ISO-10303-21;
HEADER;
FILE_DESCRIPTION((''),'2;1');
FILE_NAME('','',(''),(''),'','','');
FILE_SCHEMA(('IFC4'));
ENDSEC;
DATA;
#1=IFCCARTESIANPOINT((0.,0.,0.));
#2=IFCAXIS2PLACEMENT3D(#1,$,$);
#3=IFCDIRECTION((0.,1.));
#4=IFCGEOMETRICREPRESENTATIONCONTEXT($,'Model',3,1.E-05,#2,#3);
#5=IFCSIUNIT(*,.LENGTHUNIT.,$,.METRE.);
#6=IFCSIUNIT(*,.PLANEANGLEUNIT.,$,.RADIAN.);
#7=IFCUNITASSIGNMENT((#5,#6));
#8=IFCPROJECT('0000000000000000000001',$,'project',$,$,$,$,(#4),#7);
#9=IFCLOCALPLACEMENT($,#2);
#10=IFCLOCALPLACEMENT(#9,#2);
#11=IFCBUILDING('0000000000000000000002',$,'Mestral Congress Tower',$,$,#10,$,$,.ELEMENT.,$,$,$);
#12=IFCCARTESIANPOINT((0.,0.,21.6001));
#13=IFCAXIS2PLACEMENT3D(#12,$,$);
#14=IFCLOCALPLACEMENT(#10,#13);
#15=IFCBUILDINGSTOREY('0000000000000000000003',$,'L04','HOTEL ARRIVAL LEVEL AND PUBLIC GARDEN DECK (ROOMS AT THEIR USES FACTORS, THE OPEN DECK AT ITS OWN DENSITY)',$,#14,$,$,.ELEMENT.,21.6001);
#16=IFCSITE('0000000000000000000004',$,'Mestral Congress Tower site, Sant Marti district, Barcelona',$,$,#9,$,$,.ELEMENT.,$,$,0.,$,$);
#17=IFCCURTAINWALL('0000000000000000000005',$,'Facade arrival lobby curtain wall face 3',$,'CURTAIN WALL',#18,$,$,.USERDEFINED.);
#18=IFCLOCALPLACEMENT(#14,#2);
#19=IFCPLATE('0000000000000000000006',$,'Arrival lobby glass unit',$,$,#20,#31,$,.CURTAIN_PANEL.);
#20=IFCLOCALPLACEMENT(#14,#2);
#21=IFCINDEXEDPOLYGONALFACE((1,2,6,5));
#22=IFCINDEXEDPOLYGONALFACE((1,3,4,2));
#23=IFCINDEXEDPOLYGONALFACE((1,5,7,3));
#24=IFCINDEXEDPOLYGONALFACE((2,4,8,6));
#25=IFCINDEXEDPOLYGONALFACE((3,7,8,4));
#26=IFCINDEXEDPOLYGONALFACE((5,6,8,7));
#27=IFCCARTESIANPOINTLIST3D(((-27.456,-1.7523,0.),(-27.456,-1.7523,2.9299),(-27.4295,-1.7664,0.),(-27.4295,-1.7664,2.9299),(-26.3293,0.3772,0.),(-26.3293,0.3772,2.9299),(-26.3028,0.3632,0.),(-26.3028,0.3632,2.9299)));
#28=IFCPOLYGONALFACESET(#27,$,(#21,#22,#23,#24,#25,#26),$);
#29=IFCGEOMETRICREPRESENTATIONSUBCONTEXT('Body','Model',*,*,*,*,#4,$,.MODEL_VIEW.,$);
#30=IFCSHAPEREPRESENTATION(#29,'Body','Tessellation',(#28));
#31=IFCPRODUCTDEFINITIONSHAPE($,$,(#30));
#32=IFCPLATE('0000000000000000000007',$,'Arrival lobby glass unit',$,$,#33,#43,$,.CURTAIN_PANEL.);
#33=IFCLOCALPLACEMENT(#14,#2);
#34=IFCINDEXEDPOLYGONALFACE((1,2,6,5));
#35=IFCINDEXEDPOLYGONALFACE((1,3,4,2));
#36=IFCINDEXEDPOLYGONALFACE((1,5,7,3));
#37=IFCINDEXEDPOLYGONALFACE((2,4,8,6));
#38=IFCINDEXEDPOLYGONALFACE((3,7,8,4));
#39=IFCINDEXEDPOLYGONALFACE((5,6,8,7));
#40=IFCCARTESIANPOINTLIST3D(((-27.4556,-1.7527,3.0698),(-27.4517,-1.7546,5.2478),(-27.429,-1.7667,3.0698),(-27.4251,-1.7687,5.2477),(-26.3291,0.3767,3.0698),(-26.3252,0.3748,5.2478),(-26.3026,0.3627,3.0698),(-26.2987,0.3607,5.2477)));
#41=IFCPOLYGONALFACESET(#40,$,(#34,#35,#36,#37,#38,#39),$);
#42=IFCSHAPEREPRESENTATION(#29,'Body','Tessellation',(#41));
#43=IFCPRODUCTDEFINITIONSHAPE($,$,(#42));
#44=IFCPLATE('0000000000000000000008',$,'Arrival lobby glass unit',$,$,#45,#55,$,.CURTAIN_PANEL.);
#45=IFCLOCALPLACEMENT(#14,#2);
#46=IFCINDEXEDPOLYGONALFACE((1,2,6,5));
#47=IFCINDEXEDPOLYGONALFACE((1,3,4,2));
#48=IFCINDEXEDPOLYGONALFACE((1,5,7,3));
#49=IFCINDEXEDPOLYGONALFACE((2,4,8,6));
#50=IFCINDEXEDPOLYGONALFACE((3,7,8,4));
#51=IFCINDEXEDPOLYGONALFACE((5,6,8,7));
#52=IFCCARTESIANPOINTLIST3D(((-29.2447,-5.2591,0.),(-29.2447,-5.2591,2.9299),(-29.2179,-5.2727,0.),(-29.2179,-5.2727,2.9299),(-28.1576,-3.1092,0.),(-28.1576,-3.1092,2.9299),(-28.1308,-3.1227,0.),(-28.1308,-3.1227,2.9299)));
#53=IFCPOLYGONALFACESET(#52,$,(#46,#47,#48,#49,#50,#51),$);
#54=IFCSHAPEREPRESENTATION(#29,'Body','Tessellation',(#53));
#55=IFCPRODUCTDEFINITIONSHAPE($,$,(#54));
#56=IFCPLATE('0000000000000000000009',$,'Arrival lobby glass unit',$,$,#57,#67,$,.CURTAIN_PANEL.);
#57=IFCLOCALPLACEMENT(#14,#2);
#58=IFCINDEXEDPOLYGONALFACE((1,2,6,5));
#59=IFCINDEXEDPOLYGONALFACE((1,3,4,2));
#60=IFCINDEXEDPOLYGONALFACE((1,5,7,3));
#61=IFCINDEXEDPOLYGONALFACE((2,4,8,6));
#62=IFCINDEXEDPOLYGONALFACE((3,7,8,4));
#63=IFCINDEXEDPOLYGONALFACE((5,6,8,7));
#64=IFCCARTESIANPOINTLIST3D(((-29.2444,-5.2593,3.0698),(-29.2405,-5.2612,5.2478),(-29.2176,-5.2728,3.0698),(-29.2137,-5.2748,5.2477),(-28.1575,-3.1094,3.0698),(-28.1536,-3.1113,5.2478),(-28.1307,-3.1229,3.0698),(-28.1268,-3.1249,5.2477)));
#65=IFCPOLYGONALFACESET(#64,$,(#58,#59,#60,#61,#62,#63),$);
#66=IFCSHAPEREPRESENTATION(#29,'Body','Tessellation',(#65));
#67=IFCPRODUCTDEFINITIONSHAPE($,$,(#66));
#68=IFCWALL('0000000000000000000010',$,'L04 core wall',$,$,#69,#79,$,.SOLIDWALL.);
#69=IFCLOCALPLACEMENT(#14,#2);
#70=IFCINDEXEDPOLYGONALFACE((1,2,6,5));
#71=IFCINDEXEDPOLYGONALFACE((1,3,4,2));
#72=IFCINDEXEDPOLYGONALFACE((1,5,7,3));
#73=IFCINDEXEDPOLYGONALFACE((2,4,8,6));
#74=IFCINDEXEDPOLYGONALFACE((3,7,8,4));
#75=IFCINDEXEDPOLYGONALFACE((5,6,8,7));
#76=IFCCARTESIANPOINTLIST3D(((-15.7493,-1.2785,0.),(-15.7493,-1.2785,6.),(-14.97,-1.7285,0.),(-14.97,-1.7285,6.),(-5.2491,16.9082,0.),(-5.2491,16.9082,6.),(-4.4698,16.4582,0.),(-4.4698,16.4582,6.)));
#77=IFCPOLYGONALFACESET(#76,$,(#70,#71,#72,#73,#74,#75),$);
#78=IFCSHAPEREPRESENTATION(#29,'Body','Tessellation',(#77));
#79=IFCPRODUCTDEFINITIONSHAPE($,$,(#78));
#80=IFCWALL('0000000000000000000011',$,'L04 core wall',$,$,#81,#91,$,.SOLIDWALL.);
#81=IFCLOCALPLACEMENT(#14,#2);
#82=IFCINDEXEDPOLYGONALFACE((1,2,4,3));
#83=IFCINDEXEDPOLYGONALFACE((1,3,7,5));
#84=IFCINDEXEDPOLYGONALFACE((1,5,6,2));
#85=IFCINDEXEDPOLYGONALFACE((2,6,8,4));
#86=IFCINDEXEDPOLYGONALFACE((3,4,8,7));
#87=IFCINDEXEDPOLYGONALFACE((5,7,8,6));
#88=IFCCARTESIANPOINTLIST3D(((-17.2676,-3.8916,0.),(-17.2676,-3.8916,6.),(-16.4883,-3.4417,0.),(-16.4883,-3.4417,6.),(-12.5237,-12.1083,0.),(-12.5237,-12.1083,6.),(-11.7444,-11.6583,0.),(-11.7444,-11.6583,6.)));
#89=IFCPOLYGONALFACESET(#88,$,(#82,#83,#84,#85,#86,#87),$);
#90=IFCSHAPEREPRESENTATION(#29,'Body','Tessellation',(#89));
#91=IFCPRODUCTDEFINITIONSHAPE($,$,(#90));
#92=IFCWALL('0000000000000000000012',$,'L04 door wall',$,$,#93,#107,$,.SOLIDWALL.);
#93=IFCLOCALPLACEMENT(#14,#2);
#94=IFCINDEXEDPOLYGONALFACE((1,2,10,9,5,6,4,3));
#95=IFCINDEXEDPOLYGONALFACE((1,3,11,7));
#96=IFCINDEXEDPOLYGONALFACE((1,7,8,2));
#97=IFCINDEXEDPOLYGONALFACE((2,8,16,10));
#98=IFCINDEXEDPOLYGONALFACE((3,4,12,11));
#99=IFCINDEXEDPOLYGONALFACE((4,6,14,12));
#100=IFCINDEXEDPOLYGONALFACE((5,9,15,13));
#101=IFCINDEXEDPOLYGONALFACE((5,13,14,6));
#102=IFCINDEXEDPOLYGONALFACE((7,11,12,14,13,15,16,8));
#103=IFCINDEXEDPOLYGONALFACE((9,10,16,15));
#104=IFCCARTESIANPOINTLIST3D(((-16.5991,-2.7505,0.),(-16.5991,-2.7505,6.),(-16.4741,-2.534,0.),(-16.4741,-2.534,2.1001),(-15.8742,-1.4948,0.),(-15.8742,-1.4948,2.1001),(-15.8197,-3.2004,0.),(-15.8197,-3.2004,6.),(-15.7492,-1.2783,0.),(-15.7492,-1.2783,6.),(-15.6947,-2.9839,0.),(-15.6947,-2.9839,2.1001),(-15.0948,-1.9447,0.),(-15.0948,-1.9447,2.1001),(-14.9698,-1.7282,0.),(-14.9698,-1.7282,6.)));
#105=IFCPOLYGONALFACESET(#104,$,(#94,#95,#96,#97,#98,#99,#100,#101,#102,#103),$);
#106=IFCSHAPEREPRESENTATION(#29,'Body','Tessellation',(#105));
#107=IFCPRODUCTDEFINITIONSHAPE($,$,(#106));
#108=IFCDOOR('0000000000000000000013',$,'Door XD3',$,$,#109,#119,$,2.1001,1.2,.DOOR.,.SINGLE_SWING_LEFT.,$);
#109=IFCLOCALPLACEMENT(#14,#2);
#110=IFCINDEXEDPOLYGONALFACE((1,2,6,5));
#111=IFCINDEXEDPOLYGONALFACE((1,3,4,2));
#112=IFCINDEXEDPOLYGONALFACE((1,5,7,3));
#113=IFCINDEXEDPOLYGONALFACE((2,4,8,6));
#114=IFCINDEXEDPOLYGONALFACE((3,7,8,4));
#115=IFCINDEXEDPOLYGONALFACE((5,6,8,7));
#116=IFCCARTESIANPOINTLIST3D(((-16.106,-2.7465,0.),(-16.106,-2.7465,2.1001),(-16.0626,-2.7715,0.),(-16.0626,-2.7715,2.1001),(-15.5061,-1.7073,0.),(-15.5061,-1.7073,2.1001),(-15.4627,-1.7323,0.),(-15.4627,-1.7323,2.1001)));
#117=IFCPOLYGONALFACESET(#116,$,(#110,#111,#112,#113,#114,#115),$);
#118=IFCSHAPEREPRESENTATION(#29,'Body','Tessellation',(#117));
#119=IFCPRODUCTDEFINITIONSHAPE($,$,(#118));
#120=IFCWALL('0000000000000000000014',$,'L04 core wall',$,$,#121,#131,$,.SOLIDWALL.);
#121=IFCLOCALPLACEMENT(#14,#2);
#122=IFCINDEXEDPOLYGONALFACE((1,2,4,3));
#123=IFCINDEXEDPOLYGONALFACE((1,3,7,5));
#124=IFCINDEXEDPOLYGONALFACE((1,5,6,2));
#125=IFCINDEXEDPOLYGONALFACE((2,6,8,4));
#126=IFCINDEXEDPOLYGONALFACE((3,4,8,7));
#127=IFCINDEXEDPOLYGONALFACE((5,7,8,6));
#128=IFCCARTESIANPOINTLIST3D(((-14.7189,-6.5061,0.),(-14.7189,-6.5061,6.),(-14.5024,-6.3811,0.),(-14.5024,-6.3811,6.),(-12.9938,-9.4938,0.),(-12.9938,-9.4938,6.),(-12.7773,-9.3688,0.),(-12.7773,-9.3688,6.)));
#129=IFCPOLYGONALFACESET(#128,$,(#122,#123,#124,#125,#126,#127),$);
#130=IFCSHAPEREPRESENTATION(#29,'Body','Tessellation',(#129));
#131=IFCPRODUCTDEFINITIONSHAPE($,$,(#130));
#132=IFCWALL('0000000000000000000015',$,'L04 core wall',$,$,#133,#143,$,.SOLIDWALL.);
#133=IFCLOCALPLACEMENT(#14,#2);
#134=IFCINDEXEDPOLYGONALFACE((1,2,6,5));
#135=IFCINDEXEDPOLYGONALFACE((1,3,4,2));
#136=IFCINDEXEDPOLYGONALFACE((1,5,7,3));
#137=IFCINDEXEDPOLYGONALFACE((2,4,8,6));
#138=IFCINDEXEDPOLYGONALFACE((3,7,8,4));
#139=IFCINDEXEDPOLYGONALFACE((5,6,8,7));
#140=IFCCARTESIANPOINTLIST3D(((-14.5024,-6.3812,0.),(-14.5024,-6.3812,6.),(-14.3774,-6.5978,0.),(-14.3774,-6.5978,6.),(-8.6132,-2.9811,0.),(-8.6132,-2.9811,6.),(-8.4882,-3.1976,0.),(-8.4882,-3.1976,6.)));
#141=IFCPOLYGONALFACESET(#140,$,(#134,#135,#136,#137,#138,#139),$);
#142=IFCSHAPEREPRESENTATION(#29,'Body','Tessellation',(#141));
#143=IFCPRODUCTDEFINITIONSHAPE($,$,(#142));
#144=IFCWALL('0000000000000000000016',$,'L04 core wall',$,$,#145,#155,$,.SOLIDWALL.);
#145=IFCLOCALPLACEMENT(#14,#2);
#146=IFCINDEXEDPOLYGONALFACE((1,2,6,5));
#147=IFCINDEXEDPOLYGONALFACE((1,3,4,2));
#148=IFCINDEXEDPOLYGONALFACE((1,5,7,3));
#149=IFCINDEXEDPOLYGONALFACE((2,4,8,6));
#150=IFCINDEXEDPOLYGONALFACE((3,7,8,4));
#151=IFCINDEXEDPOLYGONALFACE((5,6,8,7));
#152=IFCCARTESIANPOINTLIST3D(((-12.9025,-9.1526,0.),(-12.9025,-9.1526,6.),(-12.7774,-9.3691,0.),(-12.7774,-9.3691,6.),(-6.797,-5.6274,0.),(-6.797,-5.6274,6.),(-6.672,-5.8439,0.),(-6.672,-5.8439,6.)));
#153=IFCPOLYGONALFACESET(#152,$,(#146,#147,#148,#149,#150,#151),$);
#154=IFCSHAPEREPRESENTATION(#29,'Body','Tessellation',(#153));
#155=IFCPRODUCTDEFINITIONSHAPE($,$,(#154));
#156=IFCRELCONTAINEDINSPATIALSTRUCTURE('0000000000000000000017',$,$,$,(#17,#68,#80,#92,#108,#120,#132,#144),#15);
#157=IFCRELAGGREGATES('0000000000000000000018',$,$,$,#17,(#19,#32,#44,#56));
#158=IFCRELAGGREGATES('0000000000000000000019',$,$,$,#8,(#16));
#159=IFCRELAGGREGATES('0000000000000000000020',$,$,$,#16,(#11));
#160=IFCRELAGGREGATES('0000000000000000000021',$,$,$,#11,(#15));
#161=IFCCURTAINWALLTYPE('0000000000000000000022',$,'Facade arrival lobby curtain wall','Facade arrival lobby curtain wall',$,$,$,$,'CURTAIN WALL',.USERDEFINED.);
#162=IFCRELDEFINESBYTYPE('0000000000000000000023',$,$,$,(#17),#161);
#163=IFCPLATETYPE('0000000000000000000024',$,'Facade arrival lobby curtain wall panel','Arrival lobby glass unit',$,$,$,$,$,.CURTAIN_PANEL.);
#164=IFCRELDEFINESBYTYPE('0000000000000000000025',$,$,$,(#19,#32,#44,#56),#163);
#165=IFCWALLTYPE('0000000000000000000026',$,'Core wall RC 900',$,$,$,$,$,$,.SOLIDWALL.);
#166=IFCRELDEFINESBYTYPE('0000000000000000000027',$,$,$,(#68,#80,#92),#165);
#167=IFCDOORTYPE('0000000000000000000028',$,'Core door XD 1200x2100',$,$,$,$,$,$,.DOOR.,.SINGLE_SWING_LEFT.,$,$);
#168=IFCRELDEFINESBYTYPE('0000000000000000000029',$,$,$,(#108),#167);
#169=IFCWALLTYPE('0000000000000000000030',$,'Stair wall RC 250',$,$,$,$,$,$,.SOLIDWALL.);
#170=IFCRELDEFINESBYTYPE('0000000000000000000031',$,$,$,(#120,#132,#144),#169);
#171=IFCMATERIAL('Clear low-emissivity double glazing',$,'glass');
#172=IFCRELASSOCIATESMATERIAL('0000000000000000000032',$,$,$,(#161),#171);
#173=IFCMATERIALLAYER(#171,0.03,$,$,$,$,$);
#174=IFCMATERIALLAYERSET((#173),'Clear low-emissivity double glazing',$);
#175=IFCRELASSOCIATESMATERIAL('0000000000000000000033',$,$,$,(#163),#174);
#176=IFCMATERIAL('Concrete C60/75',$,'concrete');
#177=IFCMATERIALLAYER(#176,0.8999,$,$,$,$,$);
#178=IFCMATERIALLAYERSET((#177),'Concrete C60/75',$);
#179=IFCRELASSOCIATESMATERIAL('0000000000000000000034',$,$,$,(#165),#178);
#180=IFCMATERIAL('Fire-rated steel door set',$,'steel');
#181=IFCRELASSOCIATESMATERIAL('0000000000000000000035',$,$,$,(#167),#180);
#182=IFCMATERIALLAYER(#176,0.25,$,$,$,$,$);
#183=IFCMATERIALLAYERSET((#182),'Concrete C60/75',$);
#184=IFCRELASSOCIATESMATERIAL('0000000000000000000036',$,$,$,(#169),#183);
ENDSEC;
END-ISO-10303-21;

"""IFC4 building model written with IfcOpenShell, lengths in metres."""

from ifc_helpers import new_model, si_unit, direction, frame, frame_2d, origin, origin_2d, place, context, subcontext, project, spatial, polyline, rectangle, outline, extrude, material, layer, layer_set, type_object, element, fill, aggregate, save


model = new_model("IFC4")

# Units and contexts
model_context = context("Model", 3, precision=1e-05, world=origin(), true_north=direction((0.0, 1.0)))
body_context = subcontext(model_context, "Body", "Model", "MODEL_VIEW")
ifc_project = project(units=[si_unit("LENGTHUNIT", "METRE"), si_unit("PLANEANGLEUNIT", "RADIAN")], contexts=[model_context])

# Site, building, storey
site_placement = place(None, origin())
site = spatial("IfcSite", under=ifc_project, at=site_placement, Name="Mestral Congress Tower site, Sant Marti district, Barcelona", CompositionType="ELEMENT", RefElevation=0.0)
building_placement = place(site_placement, origin())
building = spatial("IfcBuilding", under=site, at=building_placement, Name="Mestral Congress Tower", CompositionType="ELEMENT")
storey_placement = place(building_placement, frame((0.0, 0.0, 21.6001)))
storey = spatial("IfcBuildingStorey", under=building, at=storey_placement, Name="L04", Description="HOTEL ARRIVAL LEVEL AND PUBLIC GARDEN DECK (ROOMS AT THEIR USES FACTORS, THE OPEN DECK AT ITS OWN DENSITY)", CompositionType="ELEMENT", Elevation=21.6001)

# Shared definitions
ifc_material_1 = material(Name="Clear low-emissivity double glazing", Category="glass")
curtain_wall_type = type_object("IfcCurtainWallType", Name="Facade arrival lobby curtain wall", Description="Facade arrival lobby curtain wall", ElementType="CURTAIN WALL", PredefinedType="USERDEFINED", material=ifc_material_1)
placement = place(storey_placement, origin())

# Curtain wall
curtain_wall_1 = element("IfcCurtainWall", 1, at=placement, inside=storey, type_object=curtain_wall_type, Name="Facade arrival lobby curtain wall face 3", ObjectType="CURTAIN WALL", PredefinedType="USERDEFINED")

# Plates
ifc_layer_1 = layer(ifc_material_1, 0.03)
ifc_layer_set_1 = layer_set([ifc_layer_1], Name="Clear low-emissivity double glazing")
plate_type = type_object("IfcPlateType", Name="Facade arrival lobby curtain wall panel", Description="Arrival lobby glass unit", PredefinedType="CURTAIN_PANEL", material=ifc_layer_set_1)
plate_1_placement = place(storey_placement, frame((-26.8794, -0.6946, 0.0), z_axis=(0.0, 0.0, 1.0), x_axis=(-0.467651, -0.883913, 0.0)))
plate_1 = element("IfcPlate", 2, at=plate_1_placement, type_object=plate_type, Name="Arrival lobby glass unit", PredefinedType="CURTAIN_PANEL", context=body_context, shape_type="SweptSolid", body=[
    extrude(rectangle(XDim=2.4092, YDim=0.03, at=origin_2d()), origin(), (0.0, 0.0, 1.0), 2.9299),
])
plate_2_placement = place(storey_placement, frame((-27.4556, -1.7527, 3.0698), z_axis=(-0.883934, 0.467607, 0.002005), x_axis=(0.467608, 0.883936, 0.0)))
plate_2 = element("IfcPlate", 3, at=plate_2_placement, type_object=plate_type, Name="Arrival lobby glass unit", PredefinedType="CURTAIN_PANEL", context=body_context, shape_type="SweptSolid", body=[
    extrude(outline(polyline([(0.0, 0.0), (2.409, 0.0), (2.4091, -2.178), (0.0001, -2.178), (0.0, 0.0)])), origin(), (0.0, 0.0, -1.0), 0.03),
])
plate_3_placement = place(storey_placement, frame((-28.6877, -4.1909, 0.0), z_axis=(0.0, 0.0, 1.0), x_axis=(-0.451217, -0.892414, 0.0)))
plate_3 = element("IfcPlate", 4, at=plate_3_placement, type_object=plate_type, Name="Arrival lobby glass unit", PredefinedType="CURTAIN_PANEL", context=body_context, shape_type="SweptSolid", body=[
    extrude(rectangle(XDim=2.4092, YDim=0.03, at=origin_2d()), origin(), (0.0, 0.0, 1.0), 2.9299),
])
plate_4_placement = place(storey_placement, frame((-29.2444, -5.2593, 3.0698), z_axis=(-0.89243, 0.451181, 0.002005), x_axis=(0.451182, 0.892432, 0.0)))
plate_4 = element("IfcPlate", 5, at=plate_4_placement, type_object=plate_type, Name="Arrival lobby glass unit", PredefinedType="CURTAIN_PANEL", context=body_context, shape_type="SweptSolid", body=[
    extrude(outline(polyline([(0.0, 0.0), (2.409, 0.0), (2.4091, -2.178), (0.0, -2.178), (0.0, 0.0)])), origin(), (0.0, 0.0, -1.0), 0.03),
])
aggregate(curtain_wall_1, [plate_1, plate_2, plate_3, plate_4])

# Walls
ifc_material_2 = material(Name="Concrete C60/75", Category="concrete")
ifc_layer_2 = layer(ifc_material_2, 0.8999)
ifc_layer_set_2 = layer_set([ifc_layer_2], Name="Concrete C60/75")
wall_type_1 = type_object("IfcWallType", Name="Core wall RC 900", PredefinedType="SOLIDWALL", material=ifc_layer_set_2)
wall_1_placement = place(storey_placement, frame((-15.3596, -1.5034, 0.0), z_axis=(0.0, 0.0, 1.0), x_axis=(0.500004, 0.866023, 0.0)))
element("IfcWall", 6, at=wall_1_placement, inside=storey, type_object=wall_type_1, Name="L04 core wall", PredefinedType="SOLIDWALL", context=body_context, shape_type="SweptSolid", body=[
    extrude(rectangle(XDim=21.0002, YDim=0.8999, at=frame_2d((10.5, 0.0))), origin(), (0.0, 0.0, 1.0), 6.0),
])
wall_2_placement = place(storey_placement, frame((-12.134, -11.8833, 0.0), z_axis=(0.0, 0.0, 1.0), x_axis=(-0.500005, 0.866022, 0.0)))
element("IfcWall", 7, at=wall_2_placement, inside=storey, type_object=wall_type_1, Name="L04 core wall", PredefinedType="SOLIDWALL", context=body_context, shape_type="SweptSolid", body=[
    extrude(rectangle(XDim=9.4878, YDim=0.8999, at=frame_2d((4.7439, 0.0))), origin(), (0.0, 0.0, 1.0), 6.0),
])

# Wall, opening, door
wall_3_placement = place(storey_placement, frame((-16.2095, -2.9756, 0.0), z_axis=(0.0, 0.0, 1.0), x_axis=(0.499955, 0.866052, 0.0)))
wall_3 = element("IfcWall", 8, at=wall_3_placement, inside=storey, type_object=wall_type_1, Name="L04 door wall", PredefinedType="SOLIDWALL", context=body_context, shape_type="SweptSolid", body=[
    extrude(rectangle(XDim=1.7, YDim=0.8999, at=frame_2d((0.8501, 0.0))), origin(), (0.0, 0.0, 1.0), 6.0),
])
opening_placement = place(wall_3_placement, frame((0.25, 0.0, 0.0)))
opening = element("IfcOpeningElement", 9, at=opening_placement, cuts=wall_3, PredefinedType="OPENING", context=body_context, shape_type="SweptSolid", body=[
    extrude(rectangle(XDim=1.2, YDim=2.1001, at=frame_2d((0.6001, 1.05))), frame((0.0, 0.46, 0.0), z_axis=(0.0, -1.0, 0.0), x_axis=(1.0, 0.0, 0.0)), (0.0, 0.0, 1.0), 0.9199),
])
ifc_material_3 = material(Name="Fire-rated steel door set", Category="steel")
door_type = type_object("IfcDoorType", Name="Core door XD 1200x2100", OperationType="SINGLE_SWING_LEFT", PredefinedType="DOOR", material=ifc_material_3)
door_placement = place(opening_placement, origin())
door = element("IfcDoor", 10, at=door_placement, inside=storey, type_object=door_type, Name="Door XD3", OperationType="SINGLE_SWING_LEFT", OverallHeight=2.1001, OverallWidth=1.2, PredefinedType="DOOR", context=body_context, shape_type="SweptSolid", body=[
    extrude(rectangle(XDim=1.2, YDim=2.1001, at=frame_2d((0.6001, 1.05))), frame((0.0, 0.0249, 0.0), z_axis=(0.0, -1.0, 0.0), x_axis=(1.0, 0.0, 0.0)), (0.0, 0.0, 1.0), 0.05),
])
fill(opening, door)

# Walls
ifc_layer_3 = layer(ifc_material_2, 0.25)
ifc_layer_set_3 = layer_set([ifc_layer_3], Name="Concrete C60/75")
wall_type_2 = type_object("IfcWallType", Name="Stair wall RC 250", PredefinedType="SOLIDWALL", material=ifc_layer_set_3)
wall_4_placement = place(storey_placement, frame((-12.8855, -9.4314, 0.0), z_axis=(0.0, 0.0, 1.0), x_axis=(-0.500021, 0.866014, 0.0)))
element("IfcWall", 11, at=wall_4_placement, inside=storey, type_object=wall_type_2, Name="L04 core wall", PredefinedType="SOLIDWALL", context=body_context, shape_type="SweptSolid", body=[
    extrude(rectangle(XDim=3.45, YDim=0.25, at=frame_2d((1.7251, 0.0))), origin(), (0.0, 0.0, 1.0), 6.0),
])
wall_5_placement = place(storey_placement, frame((-14.4399, -6.4895, 0.0), z_axis=(0.0, 0.0, 1.0), x_axis=(0.866023, 0.500004, 0.0)))
element("IfcWall", 12, at=wall_5_placement, inside=storey, type_object=wall_type_2, Name="L04 core wall", PredefinedType="SOLIDWALL", context=body_context, shape_type="SweptSolid", body=[
    extrude(rectangle(XDim=6.8003, YDim=0.25, at=frame_2d((3.4001, 0.0))), origin(), (0.0, 0.0, 1.0), 6.0),
])
wall_6_placement = place(storey_placement, frame((-12.8398, -9.2607, 0.0), z_axis=(0.0, 0.0, 1.0), x_axis=(0.866016, 0.500016, 0.0)))
element("IfcWall", 13, at=wall_6_placement, inside=storey, type_object=wall_type_2, Name="L04 core wall", PredefinedType="SOLIDWALL", context=body_context, shape_type="SweptSolid", body=[
    extrude(rectangle(XDim=7.05, YDim=0.25, at=frame_2d((3.5249, 0.0))), origin(), (0.0, 0.0, 1.0), 6.0),
])

save(model, "model.ifc")
